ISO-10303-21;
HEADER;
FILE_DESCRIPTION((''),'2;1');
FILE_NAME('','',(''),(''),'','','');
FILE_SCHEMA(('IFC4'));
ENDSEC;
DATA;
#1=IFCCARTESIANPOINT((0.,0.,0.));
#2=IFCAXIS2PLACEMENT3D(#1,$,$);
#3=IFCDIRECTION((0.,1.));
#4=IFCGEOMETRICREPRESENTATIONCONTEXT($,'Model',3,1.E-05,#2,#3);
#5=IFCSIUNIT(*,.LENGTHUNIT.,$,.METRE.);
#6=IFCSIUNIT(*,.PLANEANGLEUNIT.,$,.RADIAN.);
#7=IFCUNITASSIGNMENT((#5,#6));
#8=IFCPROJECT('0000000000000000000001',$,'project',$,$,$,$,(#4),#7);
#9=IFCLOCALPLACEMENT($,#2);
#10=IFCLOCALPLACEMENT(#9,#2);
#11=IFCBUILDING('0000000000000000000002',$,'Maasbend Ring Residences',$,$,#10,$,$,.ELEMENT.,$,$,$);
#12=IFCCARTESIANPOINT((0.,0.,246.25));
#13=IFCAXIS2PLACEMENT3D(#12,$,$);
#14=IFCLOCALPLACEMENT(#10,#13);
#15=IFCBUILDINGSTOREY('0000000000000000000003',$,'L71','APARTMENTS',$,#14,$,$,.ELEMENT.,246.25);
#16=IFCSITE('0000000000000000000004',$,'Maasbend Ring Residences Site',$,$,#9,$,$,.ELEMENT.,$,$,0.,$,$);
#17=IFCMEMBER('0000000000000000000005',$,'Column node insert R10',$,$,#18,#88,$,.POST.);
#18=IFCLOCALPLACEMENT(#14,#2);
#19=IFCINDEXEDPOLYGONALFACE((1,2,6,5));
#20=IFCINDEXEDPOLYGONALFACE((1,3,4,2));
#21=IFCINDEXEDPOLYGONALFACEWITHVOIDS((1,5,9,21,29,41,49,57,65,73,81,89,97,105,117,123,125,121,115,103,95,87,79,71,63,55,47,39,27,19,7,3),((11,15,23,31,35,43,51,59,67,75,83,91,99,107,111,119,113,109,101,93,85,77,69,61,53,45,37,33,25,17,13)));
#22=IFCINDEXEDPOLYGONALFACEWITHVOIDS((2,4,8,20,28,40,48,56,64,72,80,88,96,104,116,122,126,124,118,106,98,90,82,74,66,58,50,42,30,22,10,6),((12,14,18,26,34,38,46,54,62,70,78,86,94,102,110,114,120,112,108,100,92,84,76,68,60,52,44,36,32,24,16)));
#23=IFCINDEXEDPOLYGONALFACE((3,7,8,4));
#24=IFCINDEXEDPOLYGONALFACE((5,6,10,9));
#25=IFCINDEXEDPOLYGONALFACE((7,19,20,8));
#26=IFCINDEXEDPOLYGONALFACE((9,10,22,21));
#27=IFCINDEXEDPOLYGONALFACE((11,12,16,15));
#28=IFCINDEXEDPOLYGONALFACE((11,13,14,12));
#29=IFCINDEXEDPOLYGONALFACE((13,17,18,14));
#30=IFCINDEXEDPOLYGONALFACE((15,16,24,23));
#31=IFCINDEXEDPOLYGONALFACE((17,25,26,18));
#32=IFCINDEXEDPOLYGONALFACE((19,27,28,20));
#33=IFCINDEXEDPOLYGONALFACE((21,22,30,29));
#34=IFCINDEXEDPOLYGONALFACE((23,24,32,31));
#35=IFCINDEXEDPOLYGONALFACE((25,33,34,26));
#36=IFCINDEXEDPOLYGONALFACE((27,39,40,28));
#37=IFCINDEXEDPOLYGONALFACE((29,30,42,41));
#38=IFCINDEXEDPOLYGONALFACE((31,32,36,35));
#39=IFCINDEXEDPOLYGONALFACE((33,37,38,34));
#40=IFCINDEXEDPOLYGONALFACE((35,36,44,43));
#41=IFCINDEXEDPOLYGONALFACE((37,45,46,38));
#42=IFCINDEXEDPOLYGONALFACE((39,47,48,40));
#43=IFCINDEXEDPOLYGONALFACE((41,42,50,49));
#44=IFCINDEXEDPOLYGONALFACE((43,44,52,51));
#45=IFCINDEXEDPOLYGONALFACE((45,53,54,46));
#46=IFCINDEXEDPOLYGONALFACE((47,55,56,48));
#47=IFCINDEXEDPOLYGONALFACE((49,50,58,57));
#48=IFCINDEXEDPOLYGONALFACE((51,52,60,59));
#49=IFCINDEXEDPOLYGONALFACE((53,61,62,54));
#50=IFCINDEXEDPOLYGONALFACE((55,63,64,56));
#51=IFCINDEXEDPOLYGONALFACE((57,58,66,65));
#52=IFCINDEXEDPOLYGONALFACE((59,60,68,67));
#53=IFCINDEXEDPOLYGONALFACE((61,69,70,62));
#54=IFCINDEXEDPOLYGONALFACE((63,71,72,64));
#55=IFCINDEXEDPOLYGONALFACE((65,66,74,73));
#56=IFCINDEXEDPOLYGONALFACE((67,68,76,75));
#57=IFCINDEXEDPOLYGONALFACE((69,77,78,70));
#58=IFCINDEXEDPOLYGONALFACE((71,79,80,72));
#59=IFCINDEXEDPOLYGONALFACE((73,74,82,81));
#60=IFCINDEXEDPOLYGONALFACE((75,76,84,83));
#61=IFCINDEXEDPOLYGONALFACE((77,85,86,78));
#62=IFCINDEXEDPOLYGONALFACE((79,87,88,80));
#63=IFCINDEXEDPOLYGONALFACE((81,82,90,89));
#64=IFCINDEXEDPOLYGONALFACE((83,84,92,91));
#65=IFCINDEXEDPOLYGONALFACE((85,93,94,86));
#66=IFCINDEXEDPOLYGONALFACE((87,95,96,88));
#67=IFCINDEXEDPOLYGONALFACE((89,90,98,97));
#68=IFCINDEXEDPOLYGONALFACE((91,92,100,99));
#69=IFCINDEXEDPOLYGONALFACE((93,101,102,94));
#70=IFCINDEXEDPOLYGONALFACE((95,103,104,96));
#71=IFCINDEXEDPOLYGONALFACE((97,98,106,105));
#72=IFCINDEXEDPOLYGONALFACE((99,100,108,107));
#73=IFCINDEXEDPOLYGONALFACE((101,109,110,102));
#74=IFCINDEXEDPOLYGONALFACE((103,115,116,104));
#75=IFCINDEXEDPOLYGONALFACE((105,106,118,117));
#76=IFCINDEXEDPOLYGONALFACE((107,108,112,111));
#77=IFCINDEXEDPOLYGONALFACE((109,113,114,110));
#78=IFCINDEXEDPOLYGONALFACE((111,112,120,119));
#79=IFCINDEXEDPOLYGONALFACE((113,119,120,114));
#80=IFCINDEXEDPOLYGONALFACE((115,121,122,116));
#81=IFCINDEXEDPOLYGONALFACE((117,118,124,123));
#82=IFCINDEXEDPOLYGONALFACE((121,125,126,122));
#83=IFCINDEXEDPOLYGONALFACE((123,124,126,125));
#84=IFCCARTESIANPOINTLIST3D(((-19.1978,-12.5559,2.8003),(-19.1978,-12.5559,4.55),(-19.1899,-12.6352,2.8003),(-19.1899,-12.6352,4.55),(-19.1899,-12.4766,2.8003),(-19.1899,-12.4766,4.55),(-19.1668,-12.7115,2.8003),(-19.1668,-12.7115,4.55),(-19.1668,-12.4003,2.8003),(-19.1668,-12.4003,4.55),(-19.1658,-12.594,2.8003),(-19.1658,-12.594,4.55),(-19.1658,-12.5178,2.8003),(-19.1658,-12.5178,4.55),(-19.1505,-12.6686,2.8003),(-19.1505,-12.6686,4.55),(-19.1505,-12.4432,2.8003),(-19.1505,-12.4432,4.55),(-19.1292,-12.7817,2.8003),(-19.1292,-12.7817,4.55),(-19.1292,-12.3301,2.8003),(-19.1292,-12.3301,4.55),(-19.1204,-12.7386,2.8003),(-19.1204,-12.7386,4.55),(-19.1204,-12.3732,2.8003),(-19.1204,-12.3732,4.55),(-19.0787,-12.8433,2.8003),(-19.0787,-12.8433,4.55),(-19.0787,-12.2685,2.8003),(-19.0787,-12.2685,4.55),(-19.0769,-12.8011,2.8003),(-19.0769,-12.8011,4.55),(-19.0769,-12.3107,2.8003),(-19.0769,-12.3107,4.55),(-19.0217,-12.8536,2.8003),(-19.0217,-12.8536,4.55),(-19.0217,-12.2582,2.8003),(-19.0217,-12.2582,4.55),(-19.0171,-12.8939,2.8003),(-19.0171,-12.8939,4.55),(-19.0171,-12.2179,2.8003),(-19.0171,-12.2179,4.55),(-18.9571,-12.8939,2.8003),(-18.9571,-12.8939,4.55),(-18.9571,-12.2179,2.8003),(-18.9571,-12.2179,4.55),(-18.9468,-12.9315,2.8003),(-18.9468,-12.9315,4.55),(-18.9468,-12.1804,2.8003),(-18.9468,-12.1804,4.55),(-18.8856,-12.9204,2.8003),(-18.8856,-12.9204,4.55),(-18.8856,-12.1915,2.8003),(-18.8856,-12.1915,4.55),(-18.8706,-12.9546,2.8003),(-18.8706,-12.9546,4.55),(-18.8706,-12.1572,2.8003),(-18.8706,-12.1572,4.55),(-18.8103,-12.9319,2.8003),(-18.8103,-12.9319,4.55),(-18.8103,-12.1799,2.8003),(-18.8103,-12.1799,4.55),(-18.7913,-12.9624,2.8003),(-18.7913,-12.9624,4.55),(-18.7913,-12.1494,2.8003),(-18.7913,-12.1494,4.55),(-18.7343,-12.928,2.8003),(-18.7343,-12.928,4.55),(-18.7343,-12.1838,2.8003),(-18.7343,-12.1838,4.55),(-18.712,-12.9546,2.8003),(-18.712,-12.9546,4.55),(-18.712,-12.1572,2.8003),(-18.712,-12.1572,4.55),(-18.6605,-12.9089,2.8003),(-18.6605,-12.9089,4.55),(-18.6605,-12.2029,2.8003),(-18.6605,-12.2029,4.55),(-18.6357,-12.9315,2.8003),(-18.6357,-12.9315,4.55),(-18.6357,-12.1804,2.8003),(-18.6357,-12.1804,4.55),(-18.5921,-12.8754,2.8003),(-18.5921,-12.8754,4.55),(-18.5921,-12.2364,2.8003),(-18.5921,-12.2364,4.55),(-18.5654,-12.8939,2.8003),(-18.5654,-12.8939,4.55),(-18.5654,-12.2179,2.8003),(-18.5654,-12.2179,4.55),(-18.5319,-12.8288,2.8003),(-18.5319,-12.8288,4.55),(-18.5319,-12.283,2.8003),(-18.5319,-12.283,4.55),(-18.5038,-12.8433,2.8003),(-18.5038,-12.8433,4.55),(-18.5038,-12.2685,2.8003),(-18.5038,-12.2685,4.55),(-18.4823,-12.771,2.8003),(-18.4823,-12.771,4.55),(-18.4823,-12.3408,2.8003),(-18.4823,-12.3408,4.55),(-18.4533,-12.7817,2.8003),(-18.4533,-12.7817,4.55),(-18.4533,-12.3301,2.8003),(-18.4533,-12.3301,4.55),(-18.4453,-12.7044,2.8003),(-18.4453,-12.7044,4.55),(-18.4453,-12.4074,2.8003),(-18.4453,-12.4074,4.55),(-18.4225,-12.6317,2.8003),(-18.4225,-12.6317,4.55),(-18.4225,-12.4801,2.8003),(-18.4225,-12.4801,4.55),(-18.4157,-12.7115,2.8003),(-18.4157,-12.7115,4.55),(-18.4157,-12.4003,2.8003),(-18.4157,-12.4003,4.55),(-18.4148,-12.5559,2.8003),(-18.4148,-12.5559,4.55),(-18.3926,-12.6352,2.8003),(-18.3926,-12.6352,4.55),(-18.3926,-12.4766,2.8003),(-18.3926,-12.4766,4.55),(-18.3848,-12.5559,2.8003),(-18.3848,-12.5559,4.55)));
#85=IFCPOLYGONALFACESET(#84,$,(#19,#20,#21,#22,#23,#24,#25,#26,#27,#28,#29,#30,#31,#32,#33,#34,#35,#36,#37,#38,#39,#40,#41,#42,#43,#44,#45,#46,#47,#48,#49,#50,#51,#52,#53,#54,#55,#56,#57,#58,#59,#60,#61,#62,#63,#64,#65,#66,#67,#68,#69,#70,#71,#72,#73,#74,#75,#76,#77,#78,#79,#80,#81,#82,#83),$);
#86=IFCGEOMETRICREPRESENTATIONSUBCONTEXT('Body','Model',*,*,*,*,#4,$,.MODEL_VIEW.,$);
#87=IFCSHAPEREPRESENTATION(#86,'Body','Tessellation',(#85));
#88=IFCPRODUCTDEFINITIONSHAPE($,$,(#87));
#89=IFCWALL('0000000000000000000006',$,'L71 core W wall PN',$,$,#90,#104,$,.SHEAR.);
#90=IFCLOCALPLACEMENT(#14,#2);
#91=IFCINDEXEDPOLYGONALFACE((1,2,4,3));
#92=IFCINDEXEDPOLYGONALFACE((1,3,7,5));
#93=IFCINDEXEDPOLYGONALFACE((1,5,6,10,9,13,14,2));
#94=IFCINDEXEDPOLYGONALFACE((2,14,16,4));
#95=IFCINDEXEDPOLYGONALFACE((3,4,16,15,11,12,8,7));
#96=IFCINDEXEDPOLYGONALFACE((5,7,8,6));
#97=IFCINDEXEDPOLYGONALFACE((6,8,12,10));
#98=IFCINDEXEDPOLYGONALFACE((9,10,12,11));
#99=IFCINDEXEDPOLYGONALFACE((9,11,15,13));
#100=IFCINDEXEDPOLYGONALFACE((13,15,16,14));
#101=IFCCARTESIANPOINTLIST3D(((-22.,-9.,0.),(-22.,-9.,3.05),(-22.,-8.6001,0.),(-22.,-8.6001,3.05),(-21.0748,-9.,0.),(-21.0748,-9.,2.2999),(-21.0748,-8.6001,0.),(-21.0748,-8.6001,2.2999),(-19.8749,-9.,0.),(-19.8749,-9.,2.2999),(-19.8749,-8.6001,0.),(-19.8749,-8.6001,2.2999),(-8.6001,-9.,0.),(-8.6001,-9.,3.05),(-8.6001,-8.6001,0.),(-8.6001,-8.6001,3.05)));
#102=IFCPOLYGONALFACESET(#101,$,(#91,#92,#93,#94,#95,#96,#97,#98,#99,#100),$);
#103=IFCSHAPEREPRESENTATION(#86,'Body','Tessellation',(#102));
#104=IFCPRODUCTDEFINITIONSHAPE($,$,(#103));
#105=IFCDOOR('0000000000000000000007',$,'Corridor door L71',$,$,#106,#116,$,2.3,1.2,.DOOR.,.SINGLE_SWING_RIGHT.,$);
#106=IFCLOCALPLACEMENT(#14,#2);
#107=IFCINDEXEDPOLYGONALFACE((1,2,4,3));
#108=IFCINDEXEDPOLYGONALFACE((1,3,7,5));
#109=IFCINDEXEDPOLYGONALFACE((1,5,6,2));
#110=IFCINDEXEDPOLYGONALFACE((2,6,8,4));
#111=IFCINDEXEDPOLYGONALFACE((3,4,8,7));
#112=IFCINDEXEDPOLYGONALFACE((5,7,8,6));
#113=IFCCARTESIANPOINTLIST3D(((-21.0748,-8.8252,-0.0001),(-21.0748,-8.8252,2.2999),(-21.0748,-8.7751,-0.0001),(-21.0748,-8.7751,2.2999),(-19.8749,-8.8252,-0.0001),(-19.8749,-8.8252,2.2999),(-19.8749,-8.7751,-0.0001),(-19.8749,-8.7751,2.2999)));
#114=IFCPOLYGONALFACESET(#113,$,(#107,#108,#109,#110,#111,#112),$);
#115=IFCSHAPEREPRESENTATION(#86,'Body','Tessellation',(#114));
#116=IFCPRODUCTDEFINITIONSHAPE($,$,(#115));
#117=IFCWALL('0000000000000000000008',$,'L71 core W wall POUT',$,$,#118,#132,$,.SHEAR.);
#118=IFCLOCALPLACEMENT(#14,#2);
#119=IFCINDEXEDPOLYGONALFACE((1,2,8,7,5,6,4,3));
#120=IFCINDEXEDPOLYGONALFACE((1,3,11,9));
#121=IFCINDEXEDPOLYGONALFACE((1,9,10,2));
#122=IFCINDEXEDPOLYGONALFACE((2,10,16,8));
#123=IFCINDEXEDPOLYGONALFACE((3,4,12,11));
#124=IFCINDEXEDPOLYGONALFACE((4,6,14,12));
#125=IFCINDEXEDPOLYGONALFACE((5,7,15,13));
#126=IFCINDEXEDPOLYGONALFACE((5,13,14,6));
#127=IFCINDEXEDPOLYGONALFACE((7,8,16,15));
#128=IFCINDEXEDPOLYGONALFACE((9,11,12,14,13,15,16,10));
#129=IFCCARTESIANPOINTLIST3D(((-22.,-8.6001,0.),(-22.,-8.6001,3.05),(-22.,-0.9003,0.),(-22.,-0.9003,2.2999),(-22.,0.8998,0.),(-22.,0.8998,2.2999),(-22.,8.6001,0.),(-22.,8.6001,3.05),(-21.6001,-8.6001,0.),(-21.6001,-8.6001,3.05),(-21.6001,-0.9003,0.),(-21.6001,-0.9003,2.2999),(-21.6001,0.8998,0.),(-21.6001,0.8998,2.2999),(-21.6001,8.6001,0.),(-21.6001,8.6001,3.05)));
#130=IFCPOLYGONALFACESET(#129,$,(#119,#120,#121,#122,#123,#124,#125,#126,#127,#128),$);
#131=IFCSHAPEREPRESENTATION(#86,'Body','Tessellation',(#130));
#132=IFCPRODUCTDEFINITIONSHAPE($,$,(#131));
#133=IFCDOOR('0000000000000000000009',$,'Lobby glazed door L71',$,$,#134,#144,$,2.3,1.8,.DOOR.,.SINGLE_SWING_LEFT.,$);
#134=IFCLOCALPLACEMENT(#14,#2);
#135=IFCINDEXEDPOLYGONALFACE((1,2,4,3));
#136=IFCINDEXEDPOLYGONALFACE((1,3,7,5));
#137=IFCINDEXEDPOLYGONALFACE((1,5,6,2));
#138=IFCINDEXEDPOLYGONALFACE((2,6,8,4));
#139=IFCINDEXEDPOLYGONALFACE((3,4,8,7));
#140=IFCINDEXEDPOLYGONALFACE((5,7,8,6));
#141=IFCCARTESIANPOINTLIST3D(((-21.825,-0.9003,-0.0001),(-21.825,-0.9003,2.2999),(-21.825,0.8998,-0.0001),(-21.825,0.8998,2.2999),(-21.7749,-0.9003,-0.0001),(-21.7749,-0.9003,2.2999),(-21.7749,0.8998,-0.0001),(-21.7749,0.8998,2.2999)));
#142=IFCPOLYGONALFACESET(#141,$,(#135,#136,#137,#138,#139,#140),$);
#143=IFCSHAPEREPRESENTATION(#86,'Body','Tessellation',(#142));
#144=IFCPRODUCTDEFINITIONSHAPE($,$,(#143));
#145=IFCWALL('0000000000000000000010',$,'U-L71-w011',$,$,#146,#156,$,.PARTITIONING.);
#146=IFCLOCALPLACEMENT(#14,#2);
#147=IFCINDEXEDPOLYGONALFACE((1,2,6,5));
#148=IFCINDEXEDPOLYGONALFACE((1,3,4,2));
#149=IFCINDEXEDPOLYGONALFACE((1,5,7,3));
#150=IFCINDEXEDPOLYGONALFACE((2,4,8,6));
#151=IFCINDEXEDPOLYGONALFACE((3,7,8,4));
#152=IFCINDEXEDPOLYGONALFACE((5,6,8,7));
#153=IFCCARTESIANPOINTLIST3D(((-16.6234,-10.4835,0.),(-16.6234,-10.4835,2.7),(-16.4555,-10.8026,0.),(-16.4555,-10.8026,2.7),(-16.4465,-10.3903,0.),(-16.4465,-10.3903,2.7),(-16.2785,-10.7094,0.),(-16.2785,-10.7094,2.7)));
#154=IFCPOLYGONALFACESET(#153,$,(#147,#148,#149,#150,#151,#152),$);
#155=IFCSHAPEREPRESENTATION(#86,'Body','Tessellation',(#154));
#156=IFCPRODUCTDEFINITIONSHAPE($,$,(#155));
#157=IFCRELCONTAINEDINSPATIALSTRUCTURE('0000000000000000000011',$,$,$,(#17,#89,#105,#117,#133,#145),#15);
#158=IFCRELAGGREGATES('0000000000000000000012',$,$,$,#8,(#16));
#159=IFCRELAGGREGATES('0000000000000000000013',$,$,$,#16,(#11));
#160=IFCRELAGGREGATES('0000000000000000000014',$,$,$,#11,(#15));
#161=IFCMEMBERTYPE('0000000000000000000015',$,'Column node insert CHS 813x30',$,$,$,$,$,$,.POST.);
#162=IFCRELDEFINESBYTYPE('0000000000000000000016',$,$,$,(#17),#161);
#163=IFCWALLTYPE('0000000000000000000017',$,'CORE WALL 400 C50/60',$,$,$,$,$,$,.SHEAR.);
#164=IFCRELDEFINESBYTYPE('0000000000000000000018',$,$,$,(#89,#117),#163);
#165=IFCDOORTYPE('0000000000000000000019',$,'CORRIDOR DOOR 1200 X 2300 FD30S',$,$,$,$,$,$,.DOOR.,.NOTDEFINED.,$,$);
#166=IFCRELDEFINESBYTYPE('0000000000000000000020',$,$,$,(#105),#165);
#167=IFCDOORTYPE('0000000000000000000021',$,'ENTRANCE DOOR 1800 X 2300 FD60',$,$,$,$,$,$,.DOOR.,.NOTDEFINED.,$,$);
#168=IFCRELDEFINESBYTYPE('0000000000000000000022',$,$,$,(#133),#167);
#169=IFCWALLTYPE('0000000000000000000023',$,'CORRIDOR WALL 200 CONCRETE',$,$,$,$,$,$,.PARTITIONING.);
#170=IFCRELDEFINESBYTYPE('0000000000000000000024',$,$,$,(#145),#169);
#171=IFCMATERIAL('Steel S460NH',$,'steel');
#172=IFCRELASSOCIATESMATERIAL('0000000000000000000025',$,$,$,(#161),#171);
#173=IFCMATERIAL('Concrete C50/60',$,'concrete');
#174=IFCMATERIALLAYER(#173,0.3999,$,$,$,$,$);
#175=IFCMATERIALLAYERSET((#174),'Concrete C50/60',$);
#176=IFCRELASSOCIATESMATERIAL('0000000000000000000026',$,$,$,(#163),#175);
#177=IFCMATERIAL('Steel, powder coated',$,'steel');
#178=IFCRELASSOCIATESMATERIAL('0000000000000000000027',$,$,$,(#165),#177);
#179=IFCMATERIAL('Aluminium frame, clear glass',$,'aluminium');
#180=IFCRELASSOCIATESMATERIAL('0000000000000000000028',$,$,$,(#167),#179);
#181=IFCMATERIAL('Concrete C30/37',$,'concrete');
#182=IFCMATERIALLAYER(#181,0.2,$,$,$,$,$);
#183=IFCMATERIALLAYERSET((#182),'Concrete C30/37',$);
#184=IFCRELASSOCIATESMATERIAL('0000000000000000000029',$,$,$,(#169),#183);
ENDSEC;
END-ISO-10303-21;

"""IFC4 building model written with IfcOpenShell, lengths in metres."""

from ifc_helpers import new_model, si_unit, direction, frame, frame_2d, origin, origin_2d, place, context, subcontext, project, spatial, rectangle, hollow_circle, extrude, material, layer, layer_set, material_profile, profile_set, type_object, element, fill, save


model = new_model("IFC4")

# Units and contexts
model_context = context("Model", 3, precision=1e-05, world=origin(), true_north=direction((0.0, 1.0)))
body_context = subcontext(model_context, "Body", "Model", "MODEL_VIEW")
ifc_project = project(units=[si_unit("LENGTHUNIT", "METRE"), si_unit("PLANEANGLEUNIT", "RADIAN")], contexts=[model_context])

# Site, building, storey
site_placement = place(None, origin())
site = spatial("IfcSite", under=ifc_project, at=site_placement, Name="Maasbend Ring Residences Site", CompositionType="ELEMENT", RefElevation=0.0)
building_placement = place(site_placement, origin())
building = spatial("IfcBuilding", under=site, at=building_placement, Name="Maasbend Ring Residences", CompositionType="ELEMENT")
storey_placement = place(building_placement, frame((0.0, 0.0, 246.25)))
storey = spatial("IfcBuildingStorey", under=building, at=storey_placement, Name="L71", Description="APARTMENTS", CompositionType="ELEMENT", Elevation=246.25)

# Member
ifc_material_1 = material(Name="Steel S460NH", Category="steel")
ifc_material_profile = material_profile(ifc_material_1, hollow_circle(Radius=0.4065, WallThickness=0.03, at=origin_2d()), Name="Column node insert CHS 813x30")
ifc_profile_set = profile_set([ifc_material_profile], Name="Steel S460NH")
member_type = type_object("IfcMemberType", Name="Column node insert CHS 813x30", PredefinedType="POST", material=ifc_profile_set)
member_placement = place(storey_placement, frame((-18.7913, -12.5559, 2.8003), z_axis=(0.0, 0.0, 1.0), x_axis=(1.0, 0.0, 0.0)))
element("IfcMember", 1, at=member_placement, inside=storey, type_object=member_type, Name="Column node insert R10", PredefinedType="POST", context=body_context, shape_type="SweptSolid", body=[
    extrude(hollow_circle(Radius=0.4065, WallThickness=0.03, at=origin_2d()), origin(), (0.0, 0.0, 1.0), 1.7498),
])

# Walls, openings, doors
ifc_material_2 = material(Name="Concrete C50/60", Category="concrete")
ifc_layer_1 = layer(ifc_material_2, 0.3999)
ifc_layer_set_1 = layer_set([ifc_layer_1], Name="Concrete C50/60")
wall_type_1 = type_object("IfcWallType", Name="CORE WALL 400 C50/60", PredefinedType="SHEAR", material=ifc_layer_set_1)
wall_1_placement = place(storey_placement, frame((-22.0, -8.8, 0.0), z_axis=(0.0, 0.0, 1.0), x_axis=(1.0, 0.0, 0.0)))
wall_1 = element("IfcWall", 2, at=wall_1_placement, inside=storey, type_object=wall_type_1, Name="L71 core W wall PN", PredefinedType="SHEAR", context=body_context, shape_type="SweptSolid", body=[
    extrude(rectangle(XDim=13.3999, YDim=0.3999, at=frame_2d((6.7, 0.0))), origin(), (0.0, 0.0, 1.0), 3.05),
])
opening_1_placement = place(wall_1_placement, frame((0.925, 0.0, 0.0)))
opening_1 = element("IfcOpeningElement", 3, at=opening_1_placement, cuts=wall_1, PredefinedType="OPENING", context=body_context, shape_type="SweptSolid", body=[
    extrude(rectangle(XDim=1.2, YDim=2.3, at=frame_2d((0.6001, 1.1499))), frame((0.0, 0.21, 0.0), z_axis=(0.0, -1.0, 0.0), x_axis=(1.0, 0.0, 0.0)), (0.0, 0.0, 1.0), 0.4199),
])
ifc_material_3 = material(Name="Steel, powder coated", Category="steel")
door_type_1 = type_object("IfcDoorType", Name="CORRIDOR DOOR 1200 X 2300 FD30S", OperationType="NOTDEFINED", PredefinedType="DOOR", material=ifc_material_3)
door_1_placement = place(opening_1_placement, origin())
door_1 = element("IfcDoor", 4, at=door_1_placement, inside=storey, type_object=door_type_1, Name="Corridor door L71", OperationType="SINGLE_SWING_RIGHT", OverallHeight=2.3, OverallWidth=1.2, PredefinedType="DOOR", context=body_context, shape_type="SweptSolid", body=[
    extrude(rectangle(XDim=1.2, YDim=2.3, at=frame_2d((0.6001, 1.1499))), frame((0.0, 0.0249, 0.0), z_axis=(0.0, -1.0, 0.0), x_axis=(1.0, 0.0, 0.0)), (0.0, 0.0, 1.0), 0.05),
])
fill(opening_1, door_1)
wall_2_placement = place(storey_placement, frame((-21.8, -8.6001, 0.0), z_axis=(0.0, 0.0, 1.0), x_axis=(0.0, 1.0, 0.0)))
wall_2 = element("IfcWall", 5, at=wall_2_placement, inside=storey, type_object=wall_type_1, Name="L71 core W wall POUT", PredefinedType="SHEAR", context=body_context, shape_type="SweptSolid", body=[
    extrude(rectangle(XDim=17.2002, YDim=0.3999, at=frame_2d((8.6001, 0.0))), origin(), (0.0, 0.0, 1.0), 3.05),
])
opening_2_placement = place(wall_2_placement, frame((7.7, 0.0, 0.0)))
opening_2 = element("IfcOpeningElement", 6, at=opening_2_placement, cuts=wall_2, PredefinedType="OPENING", context=body_context, shape_type="SweptSolid", body=[
    extrude(rectangle(XDim=1.8, YDim=2.3, at=frame_2d((0.8999, 1.1499))), frame((0.0, 0.21, 0.0), z_axis=(0.0, -1.0, 0.0), x_axis=(1.0, 0.0, 0.0)), (0.0, 0.0, 1.0), 0.4199),
])
ifc_material_4 = material(Name="Aluminium frame, clear glass", Category="aluminium")
door_type_2 = type_object("IfcDoorType", Name="ENTRANCE DOOR 1800 X 2300 FD60", OperationType="NOTDEFINED", PredefinedType="DOOR", material=ifc_material_4)
door_2_placement = place(opening_2_placement, origin())
door_2 = element("IfcDoor", 7, at=door_2_placement, inside=storey, type_object=door_type_2, Name="Lobby glazed door L71", OperationType="SINGLE_SWING_LEFT", OverallHeight=2.3, OverallWidth=1.8, PredefinedType="DOOR", context=body_context, shape_type="SweptSolid", body=[
    extrude(rectangle(XDim=1.8, YDim=2.3, at=frame_2d((0.8999, 1.1499))), frame((0.0, 0.0249, 0.0), z_axis=(0.0, -1.0, 0.0), x_axis=(1.0, 0.0, 0.0)), (0.0, 0.0, 1.0), 0.05),
])
fill(opening_2, door_2)

# Wall
ifc_material_5 = material(Name="Concrete C30/37", Category="concrete")
ifc_layer_2 = layer(ifc_material_5, 0.2)
ifc_layer_set_2 = layer_set([ifc_layer_2], Name="Concrete C30/37")
wall_type_2 = type_object("IfcWallType", Name="CORRIDOR WALL 200 CONCRETE", PredefinedType="PARTITIONING", material=ifc_layer_set_2)
wall_3_placement = place(storey_placement, frame((-16.5349, -10.437, 0.0), z_axis=(0.0, 0.0, 1.0), x_axis=(0.465802, -0.884889, 0.0)))
element("IfcWall", 8, at=wall_3_placement, inside=storey, type_object=wall_type_2, Name="U-L71-w011", PredefinedType="PARTITIONING", context=body_context, shape_type="SweptSolid", body=[
    extrude(rectangle(XDim=0.3606, YDim=0.2, at=frame_2d((0.1802, 0.0))), origin(), (0.0, 0.0, 1.0), 2.7),
])

save(model, "model.ifc")
